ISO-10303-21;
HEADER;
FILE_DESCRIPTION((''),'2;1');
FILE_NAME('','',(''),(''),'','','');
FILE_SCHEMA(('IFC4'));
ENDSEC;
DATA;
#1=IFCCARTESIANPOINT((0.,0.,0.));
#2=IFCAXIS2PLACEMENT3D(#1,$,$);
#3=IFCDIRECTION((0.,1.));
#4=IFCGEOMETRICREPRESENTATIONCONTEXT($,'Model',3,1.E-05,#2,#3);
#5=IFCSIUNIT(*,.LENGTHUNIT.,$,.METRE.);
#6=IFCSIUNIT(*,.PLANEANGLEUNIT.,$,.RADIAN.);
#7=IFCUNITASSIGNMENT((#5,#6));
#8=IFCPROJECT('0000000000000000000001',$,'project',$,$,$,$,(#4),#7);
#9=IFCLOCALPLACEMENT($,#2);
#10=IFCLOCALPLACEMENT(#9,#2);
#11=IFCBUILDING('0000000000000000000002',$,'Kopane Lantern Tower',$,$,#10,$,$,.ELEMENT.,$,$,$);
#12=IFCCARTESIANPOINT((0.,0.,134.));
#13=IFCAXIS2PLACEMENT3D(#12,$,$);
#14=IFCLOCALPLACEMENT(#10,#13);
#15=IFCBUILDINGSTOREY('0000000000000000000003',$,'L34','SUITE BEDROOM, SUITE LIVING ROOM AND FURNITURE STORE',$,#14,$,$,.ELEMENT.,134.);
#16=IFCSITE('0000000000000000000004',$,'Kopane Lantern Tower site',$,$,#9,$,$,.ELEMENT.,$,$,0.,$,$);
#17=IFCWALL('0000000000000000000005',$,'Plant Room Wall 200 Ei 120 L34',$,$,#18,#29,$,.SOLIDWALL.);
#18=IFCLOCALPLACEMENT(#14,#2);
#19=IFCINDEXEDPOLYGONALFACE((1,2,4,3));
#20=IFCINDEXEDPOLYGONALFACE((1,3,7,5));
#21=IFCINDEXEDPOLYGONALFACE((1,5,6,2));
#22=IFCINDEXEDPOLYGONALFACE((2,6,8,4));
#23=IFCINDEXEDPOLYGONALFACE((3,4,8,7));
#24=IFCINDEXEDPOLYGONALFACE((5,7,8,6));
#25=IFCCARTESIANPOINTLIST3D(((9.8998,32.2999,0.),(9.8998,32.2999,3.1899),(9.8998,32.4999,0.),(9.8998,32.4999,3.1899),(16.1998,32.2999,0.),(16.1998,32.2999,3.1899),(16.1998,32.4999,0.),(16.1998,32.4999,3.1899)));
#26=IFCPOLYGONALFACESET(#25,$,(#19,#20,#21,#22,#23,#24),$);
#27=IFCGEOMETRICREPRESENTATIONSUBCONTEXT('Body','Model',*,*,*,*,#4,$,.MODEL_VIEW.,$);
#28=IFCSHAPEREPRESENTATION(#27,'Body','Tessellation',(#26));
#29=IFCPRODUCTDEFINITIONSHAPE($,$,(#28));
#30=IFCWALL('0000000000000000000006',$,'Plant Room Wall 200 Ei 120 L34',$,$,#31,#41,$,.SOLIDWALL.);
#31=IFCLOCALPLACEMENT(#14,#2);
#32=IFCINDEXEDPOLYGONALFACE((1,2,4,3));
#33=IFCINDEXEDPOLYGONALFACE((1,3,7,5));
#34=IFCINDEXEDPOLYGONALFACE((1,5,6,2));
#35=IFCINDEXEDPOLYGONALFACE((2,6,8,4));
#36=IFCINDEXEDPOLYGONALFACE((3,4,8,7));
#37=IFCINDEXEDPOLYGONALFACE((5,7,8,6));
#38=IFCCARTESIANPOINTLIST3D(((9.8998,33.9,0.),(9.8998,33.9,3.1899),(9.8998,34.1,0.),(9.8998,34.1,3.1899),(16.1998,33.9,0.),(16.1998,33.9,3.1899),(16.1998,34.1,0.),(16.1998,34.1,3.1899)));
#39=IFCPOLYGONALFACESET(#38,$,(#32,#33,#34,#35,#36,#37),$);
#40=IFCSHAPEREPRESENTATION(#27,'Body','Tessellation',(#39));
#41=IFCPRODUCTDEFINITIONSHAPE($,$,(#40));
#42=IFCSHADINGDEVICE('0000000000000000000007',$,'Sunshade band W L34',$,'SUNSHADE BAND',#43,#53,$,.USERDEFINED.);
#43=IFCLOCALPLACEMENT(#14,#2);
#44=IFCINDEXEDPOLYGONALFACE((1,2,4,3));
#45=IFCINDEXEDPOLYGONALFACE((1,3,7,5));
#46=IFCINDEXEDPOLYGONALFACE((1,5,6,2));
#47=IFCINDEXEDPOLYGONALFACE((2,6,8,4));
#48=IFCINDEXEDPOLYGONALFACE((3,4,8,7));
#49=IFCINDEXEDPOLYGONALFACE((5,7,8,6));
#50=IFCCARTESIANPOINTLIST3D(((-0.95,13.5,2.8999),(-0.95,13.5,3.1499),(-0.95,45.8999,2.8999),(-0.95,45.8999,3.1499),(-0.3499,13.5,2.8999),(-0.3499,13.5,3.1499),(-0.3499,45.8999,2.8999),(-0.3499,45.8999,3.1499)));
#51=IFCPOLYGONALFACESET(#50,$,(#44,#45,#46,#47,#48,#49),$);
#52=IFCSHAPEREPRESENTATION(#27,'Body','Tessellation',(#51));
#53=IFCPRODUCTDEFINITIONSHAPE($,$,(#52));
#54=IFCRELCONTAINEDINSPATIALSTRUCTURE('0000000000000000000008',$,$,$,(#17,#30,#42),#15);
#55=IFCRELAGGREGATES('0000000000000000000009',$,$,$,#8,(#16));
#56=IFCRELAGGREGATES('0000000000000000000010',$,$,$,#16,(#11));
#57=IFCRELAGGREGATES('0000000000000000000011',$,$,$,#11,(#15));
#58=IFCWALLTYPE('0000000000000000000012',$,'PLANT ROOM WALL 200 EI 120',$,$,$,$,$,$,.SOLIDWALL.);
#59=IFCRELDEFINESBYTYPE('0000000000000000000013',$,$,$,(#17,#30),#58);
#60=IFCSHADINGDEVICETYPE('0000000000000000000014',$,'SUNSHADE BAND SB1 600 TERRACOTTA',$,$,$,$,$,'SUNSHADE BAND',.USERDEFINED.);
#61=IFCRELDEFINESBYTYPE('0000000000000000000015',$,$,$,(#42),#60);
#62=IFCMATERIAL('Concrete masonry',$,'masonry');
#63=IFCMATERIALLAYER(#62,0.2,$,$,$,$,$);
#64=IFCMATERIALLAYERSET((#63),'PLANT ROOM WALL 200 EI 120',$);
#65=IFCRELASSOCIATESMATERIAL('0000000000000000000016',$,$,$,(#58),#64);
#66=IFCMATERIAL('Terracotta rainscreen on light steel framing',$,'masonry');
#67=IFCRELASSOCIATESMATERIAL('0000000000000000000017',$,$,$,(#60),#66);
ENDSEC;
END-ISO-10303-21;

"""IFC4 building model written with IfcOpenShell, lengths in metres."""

from ifc_helpers import new_model, si_unit, direction, frame, frame_2d, origin, origin_2d, place, context, subcontext, project, spatial, rectangle, extrude, material, layer, layer_set, type_object, element, save


model = new_model("IFC4")

# Units and contexts
model_context = context("Model", 3, precision=1e-05, world=origin(), true_north=direction((0.0, 1.0)))
body_context = subcontext(model_context, "Body", "Model", "MODEL_VIEW")
ifc_project = project(units=[si_unit("LENGTHUNIT", "METRE"), si_unit("PLANEANGLEUNIT", "RADIAN")], contexts=[model_context])

# Site, building, storey
site_placement = place(None, origin())
site = spatial("IfcSite", under=ifc_project, at=site_placement, Name="Kopane Lantern Tower site", CompositionType="ELEMENT", RefElevation=0.0)
building_placement = place(site_placement, origin())
building = spatial("IfcBuilding", under=site, at=building_placement, Name="Kopane Lantern Tower", CompositionType="ELEMENT")
storey_placement = place(building_placement, frame((0.0, 0.0, 134.0)))
storey = spatial("IfcBuildingStorey", under=building, at=storey_placement, Name="L34", Description="SUITE BEDROOM, SUITE LIVING ROOM AND FURNITURE STORE", CompositionType="ELEMENT", Elevation=134.0)

# Walls
ifc_material_1 = material(Name="Concrete masonry", Category="masonry")
ifc_layer_1 = layer(ifc_material_1, 0.2)
ifc_layer_set_1 = layer_set([ifc_layer_1], Name="PLANT ROOM WALL 200 EI 120")
wall_type_1 = type_object("IfcWallType", Name="PLANT ROOM WALL 200 EI 120", PredefinedType="SOLIDWALL", material=ifc_layer_set_1)
for number, where, z_axis, x_axis, name in (
    (1, (9.8999, 32.3999, 0.0), (0.0, 0.0, 1.0), (1.0, 0.0, 0.0), "Plant Room Wall 200 Ei 120 L34"),
    (2, (9.8999, 34.0, 0.0), (0.0, 0.0, 1.0), (1.0, 0.0, 0.0), "Plant Room Wall 200 Ei 120 L34"),
):
    element("IfcWall", number, at=place(storey_placement, frame(where, z_axis=z_axis, x_axis=x_axis)), inside=storey, type_object=wall_type_1, Name=name, PredefinedType="SOLIDWALL", context=body_context, shape_type="SweptSolid", body=[
        extrude(rectangle(XDim=6.3, YDim=0.2, at=frame_2d((3.1499, 0.0))), origin(), (0.0, 0.0, 1.0), 3.1899),
    ])

# Shading device
ifc_material_2 = material(Name="Terracotta rainscreen on light steel framing", Category="masonry")
shading_device_type = type_object("IfcShadingDeviceType", Name="SUNSHADE BAND SB1 600 TERRACOTTA", ElementType="SUNSHADE BAND", PredefinedType="USERDEFINED", material=ifc_material_2)
shading_device_placement = place(storey_placement, frame((-0.6499, 29.7, 2.8999), z_axis=(0.0, 0.0, 1.0), x_axis=(0.0, -1.0, 0.0)))
element("IfcShadingDevice", 3, at=shading_device_placement, inside=storey, type_object=shading_device_type, Name="Sunshade band W L34", ObjectType="SUNSHADE BAND", PredefinedType="USERDEFINED", context=body_context, shape_type="SweptSolid", body=[
    extrude(rectangle(XDim=32.3999, YDim=0.6001, at=origin_2d()), origin(), (0.0, 0.0, 1.0), 0.25),
])

save(model, "model.ifc")
